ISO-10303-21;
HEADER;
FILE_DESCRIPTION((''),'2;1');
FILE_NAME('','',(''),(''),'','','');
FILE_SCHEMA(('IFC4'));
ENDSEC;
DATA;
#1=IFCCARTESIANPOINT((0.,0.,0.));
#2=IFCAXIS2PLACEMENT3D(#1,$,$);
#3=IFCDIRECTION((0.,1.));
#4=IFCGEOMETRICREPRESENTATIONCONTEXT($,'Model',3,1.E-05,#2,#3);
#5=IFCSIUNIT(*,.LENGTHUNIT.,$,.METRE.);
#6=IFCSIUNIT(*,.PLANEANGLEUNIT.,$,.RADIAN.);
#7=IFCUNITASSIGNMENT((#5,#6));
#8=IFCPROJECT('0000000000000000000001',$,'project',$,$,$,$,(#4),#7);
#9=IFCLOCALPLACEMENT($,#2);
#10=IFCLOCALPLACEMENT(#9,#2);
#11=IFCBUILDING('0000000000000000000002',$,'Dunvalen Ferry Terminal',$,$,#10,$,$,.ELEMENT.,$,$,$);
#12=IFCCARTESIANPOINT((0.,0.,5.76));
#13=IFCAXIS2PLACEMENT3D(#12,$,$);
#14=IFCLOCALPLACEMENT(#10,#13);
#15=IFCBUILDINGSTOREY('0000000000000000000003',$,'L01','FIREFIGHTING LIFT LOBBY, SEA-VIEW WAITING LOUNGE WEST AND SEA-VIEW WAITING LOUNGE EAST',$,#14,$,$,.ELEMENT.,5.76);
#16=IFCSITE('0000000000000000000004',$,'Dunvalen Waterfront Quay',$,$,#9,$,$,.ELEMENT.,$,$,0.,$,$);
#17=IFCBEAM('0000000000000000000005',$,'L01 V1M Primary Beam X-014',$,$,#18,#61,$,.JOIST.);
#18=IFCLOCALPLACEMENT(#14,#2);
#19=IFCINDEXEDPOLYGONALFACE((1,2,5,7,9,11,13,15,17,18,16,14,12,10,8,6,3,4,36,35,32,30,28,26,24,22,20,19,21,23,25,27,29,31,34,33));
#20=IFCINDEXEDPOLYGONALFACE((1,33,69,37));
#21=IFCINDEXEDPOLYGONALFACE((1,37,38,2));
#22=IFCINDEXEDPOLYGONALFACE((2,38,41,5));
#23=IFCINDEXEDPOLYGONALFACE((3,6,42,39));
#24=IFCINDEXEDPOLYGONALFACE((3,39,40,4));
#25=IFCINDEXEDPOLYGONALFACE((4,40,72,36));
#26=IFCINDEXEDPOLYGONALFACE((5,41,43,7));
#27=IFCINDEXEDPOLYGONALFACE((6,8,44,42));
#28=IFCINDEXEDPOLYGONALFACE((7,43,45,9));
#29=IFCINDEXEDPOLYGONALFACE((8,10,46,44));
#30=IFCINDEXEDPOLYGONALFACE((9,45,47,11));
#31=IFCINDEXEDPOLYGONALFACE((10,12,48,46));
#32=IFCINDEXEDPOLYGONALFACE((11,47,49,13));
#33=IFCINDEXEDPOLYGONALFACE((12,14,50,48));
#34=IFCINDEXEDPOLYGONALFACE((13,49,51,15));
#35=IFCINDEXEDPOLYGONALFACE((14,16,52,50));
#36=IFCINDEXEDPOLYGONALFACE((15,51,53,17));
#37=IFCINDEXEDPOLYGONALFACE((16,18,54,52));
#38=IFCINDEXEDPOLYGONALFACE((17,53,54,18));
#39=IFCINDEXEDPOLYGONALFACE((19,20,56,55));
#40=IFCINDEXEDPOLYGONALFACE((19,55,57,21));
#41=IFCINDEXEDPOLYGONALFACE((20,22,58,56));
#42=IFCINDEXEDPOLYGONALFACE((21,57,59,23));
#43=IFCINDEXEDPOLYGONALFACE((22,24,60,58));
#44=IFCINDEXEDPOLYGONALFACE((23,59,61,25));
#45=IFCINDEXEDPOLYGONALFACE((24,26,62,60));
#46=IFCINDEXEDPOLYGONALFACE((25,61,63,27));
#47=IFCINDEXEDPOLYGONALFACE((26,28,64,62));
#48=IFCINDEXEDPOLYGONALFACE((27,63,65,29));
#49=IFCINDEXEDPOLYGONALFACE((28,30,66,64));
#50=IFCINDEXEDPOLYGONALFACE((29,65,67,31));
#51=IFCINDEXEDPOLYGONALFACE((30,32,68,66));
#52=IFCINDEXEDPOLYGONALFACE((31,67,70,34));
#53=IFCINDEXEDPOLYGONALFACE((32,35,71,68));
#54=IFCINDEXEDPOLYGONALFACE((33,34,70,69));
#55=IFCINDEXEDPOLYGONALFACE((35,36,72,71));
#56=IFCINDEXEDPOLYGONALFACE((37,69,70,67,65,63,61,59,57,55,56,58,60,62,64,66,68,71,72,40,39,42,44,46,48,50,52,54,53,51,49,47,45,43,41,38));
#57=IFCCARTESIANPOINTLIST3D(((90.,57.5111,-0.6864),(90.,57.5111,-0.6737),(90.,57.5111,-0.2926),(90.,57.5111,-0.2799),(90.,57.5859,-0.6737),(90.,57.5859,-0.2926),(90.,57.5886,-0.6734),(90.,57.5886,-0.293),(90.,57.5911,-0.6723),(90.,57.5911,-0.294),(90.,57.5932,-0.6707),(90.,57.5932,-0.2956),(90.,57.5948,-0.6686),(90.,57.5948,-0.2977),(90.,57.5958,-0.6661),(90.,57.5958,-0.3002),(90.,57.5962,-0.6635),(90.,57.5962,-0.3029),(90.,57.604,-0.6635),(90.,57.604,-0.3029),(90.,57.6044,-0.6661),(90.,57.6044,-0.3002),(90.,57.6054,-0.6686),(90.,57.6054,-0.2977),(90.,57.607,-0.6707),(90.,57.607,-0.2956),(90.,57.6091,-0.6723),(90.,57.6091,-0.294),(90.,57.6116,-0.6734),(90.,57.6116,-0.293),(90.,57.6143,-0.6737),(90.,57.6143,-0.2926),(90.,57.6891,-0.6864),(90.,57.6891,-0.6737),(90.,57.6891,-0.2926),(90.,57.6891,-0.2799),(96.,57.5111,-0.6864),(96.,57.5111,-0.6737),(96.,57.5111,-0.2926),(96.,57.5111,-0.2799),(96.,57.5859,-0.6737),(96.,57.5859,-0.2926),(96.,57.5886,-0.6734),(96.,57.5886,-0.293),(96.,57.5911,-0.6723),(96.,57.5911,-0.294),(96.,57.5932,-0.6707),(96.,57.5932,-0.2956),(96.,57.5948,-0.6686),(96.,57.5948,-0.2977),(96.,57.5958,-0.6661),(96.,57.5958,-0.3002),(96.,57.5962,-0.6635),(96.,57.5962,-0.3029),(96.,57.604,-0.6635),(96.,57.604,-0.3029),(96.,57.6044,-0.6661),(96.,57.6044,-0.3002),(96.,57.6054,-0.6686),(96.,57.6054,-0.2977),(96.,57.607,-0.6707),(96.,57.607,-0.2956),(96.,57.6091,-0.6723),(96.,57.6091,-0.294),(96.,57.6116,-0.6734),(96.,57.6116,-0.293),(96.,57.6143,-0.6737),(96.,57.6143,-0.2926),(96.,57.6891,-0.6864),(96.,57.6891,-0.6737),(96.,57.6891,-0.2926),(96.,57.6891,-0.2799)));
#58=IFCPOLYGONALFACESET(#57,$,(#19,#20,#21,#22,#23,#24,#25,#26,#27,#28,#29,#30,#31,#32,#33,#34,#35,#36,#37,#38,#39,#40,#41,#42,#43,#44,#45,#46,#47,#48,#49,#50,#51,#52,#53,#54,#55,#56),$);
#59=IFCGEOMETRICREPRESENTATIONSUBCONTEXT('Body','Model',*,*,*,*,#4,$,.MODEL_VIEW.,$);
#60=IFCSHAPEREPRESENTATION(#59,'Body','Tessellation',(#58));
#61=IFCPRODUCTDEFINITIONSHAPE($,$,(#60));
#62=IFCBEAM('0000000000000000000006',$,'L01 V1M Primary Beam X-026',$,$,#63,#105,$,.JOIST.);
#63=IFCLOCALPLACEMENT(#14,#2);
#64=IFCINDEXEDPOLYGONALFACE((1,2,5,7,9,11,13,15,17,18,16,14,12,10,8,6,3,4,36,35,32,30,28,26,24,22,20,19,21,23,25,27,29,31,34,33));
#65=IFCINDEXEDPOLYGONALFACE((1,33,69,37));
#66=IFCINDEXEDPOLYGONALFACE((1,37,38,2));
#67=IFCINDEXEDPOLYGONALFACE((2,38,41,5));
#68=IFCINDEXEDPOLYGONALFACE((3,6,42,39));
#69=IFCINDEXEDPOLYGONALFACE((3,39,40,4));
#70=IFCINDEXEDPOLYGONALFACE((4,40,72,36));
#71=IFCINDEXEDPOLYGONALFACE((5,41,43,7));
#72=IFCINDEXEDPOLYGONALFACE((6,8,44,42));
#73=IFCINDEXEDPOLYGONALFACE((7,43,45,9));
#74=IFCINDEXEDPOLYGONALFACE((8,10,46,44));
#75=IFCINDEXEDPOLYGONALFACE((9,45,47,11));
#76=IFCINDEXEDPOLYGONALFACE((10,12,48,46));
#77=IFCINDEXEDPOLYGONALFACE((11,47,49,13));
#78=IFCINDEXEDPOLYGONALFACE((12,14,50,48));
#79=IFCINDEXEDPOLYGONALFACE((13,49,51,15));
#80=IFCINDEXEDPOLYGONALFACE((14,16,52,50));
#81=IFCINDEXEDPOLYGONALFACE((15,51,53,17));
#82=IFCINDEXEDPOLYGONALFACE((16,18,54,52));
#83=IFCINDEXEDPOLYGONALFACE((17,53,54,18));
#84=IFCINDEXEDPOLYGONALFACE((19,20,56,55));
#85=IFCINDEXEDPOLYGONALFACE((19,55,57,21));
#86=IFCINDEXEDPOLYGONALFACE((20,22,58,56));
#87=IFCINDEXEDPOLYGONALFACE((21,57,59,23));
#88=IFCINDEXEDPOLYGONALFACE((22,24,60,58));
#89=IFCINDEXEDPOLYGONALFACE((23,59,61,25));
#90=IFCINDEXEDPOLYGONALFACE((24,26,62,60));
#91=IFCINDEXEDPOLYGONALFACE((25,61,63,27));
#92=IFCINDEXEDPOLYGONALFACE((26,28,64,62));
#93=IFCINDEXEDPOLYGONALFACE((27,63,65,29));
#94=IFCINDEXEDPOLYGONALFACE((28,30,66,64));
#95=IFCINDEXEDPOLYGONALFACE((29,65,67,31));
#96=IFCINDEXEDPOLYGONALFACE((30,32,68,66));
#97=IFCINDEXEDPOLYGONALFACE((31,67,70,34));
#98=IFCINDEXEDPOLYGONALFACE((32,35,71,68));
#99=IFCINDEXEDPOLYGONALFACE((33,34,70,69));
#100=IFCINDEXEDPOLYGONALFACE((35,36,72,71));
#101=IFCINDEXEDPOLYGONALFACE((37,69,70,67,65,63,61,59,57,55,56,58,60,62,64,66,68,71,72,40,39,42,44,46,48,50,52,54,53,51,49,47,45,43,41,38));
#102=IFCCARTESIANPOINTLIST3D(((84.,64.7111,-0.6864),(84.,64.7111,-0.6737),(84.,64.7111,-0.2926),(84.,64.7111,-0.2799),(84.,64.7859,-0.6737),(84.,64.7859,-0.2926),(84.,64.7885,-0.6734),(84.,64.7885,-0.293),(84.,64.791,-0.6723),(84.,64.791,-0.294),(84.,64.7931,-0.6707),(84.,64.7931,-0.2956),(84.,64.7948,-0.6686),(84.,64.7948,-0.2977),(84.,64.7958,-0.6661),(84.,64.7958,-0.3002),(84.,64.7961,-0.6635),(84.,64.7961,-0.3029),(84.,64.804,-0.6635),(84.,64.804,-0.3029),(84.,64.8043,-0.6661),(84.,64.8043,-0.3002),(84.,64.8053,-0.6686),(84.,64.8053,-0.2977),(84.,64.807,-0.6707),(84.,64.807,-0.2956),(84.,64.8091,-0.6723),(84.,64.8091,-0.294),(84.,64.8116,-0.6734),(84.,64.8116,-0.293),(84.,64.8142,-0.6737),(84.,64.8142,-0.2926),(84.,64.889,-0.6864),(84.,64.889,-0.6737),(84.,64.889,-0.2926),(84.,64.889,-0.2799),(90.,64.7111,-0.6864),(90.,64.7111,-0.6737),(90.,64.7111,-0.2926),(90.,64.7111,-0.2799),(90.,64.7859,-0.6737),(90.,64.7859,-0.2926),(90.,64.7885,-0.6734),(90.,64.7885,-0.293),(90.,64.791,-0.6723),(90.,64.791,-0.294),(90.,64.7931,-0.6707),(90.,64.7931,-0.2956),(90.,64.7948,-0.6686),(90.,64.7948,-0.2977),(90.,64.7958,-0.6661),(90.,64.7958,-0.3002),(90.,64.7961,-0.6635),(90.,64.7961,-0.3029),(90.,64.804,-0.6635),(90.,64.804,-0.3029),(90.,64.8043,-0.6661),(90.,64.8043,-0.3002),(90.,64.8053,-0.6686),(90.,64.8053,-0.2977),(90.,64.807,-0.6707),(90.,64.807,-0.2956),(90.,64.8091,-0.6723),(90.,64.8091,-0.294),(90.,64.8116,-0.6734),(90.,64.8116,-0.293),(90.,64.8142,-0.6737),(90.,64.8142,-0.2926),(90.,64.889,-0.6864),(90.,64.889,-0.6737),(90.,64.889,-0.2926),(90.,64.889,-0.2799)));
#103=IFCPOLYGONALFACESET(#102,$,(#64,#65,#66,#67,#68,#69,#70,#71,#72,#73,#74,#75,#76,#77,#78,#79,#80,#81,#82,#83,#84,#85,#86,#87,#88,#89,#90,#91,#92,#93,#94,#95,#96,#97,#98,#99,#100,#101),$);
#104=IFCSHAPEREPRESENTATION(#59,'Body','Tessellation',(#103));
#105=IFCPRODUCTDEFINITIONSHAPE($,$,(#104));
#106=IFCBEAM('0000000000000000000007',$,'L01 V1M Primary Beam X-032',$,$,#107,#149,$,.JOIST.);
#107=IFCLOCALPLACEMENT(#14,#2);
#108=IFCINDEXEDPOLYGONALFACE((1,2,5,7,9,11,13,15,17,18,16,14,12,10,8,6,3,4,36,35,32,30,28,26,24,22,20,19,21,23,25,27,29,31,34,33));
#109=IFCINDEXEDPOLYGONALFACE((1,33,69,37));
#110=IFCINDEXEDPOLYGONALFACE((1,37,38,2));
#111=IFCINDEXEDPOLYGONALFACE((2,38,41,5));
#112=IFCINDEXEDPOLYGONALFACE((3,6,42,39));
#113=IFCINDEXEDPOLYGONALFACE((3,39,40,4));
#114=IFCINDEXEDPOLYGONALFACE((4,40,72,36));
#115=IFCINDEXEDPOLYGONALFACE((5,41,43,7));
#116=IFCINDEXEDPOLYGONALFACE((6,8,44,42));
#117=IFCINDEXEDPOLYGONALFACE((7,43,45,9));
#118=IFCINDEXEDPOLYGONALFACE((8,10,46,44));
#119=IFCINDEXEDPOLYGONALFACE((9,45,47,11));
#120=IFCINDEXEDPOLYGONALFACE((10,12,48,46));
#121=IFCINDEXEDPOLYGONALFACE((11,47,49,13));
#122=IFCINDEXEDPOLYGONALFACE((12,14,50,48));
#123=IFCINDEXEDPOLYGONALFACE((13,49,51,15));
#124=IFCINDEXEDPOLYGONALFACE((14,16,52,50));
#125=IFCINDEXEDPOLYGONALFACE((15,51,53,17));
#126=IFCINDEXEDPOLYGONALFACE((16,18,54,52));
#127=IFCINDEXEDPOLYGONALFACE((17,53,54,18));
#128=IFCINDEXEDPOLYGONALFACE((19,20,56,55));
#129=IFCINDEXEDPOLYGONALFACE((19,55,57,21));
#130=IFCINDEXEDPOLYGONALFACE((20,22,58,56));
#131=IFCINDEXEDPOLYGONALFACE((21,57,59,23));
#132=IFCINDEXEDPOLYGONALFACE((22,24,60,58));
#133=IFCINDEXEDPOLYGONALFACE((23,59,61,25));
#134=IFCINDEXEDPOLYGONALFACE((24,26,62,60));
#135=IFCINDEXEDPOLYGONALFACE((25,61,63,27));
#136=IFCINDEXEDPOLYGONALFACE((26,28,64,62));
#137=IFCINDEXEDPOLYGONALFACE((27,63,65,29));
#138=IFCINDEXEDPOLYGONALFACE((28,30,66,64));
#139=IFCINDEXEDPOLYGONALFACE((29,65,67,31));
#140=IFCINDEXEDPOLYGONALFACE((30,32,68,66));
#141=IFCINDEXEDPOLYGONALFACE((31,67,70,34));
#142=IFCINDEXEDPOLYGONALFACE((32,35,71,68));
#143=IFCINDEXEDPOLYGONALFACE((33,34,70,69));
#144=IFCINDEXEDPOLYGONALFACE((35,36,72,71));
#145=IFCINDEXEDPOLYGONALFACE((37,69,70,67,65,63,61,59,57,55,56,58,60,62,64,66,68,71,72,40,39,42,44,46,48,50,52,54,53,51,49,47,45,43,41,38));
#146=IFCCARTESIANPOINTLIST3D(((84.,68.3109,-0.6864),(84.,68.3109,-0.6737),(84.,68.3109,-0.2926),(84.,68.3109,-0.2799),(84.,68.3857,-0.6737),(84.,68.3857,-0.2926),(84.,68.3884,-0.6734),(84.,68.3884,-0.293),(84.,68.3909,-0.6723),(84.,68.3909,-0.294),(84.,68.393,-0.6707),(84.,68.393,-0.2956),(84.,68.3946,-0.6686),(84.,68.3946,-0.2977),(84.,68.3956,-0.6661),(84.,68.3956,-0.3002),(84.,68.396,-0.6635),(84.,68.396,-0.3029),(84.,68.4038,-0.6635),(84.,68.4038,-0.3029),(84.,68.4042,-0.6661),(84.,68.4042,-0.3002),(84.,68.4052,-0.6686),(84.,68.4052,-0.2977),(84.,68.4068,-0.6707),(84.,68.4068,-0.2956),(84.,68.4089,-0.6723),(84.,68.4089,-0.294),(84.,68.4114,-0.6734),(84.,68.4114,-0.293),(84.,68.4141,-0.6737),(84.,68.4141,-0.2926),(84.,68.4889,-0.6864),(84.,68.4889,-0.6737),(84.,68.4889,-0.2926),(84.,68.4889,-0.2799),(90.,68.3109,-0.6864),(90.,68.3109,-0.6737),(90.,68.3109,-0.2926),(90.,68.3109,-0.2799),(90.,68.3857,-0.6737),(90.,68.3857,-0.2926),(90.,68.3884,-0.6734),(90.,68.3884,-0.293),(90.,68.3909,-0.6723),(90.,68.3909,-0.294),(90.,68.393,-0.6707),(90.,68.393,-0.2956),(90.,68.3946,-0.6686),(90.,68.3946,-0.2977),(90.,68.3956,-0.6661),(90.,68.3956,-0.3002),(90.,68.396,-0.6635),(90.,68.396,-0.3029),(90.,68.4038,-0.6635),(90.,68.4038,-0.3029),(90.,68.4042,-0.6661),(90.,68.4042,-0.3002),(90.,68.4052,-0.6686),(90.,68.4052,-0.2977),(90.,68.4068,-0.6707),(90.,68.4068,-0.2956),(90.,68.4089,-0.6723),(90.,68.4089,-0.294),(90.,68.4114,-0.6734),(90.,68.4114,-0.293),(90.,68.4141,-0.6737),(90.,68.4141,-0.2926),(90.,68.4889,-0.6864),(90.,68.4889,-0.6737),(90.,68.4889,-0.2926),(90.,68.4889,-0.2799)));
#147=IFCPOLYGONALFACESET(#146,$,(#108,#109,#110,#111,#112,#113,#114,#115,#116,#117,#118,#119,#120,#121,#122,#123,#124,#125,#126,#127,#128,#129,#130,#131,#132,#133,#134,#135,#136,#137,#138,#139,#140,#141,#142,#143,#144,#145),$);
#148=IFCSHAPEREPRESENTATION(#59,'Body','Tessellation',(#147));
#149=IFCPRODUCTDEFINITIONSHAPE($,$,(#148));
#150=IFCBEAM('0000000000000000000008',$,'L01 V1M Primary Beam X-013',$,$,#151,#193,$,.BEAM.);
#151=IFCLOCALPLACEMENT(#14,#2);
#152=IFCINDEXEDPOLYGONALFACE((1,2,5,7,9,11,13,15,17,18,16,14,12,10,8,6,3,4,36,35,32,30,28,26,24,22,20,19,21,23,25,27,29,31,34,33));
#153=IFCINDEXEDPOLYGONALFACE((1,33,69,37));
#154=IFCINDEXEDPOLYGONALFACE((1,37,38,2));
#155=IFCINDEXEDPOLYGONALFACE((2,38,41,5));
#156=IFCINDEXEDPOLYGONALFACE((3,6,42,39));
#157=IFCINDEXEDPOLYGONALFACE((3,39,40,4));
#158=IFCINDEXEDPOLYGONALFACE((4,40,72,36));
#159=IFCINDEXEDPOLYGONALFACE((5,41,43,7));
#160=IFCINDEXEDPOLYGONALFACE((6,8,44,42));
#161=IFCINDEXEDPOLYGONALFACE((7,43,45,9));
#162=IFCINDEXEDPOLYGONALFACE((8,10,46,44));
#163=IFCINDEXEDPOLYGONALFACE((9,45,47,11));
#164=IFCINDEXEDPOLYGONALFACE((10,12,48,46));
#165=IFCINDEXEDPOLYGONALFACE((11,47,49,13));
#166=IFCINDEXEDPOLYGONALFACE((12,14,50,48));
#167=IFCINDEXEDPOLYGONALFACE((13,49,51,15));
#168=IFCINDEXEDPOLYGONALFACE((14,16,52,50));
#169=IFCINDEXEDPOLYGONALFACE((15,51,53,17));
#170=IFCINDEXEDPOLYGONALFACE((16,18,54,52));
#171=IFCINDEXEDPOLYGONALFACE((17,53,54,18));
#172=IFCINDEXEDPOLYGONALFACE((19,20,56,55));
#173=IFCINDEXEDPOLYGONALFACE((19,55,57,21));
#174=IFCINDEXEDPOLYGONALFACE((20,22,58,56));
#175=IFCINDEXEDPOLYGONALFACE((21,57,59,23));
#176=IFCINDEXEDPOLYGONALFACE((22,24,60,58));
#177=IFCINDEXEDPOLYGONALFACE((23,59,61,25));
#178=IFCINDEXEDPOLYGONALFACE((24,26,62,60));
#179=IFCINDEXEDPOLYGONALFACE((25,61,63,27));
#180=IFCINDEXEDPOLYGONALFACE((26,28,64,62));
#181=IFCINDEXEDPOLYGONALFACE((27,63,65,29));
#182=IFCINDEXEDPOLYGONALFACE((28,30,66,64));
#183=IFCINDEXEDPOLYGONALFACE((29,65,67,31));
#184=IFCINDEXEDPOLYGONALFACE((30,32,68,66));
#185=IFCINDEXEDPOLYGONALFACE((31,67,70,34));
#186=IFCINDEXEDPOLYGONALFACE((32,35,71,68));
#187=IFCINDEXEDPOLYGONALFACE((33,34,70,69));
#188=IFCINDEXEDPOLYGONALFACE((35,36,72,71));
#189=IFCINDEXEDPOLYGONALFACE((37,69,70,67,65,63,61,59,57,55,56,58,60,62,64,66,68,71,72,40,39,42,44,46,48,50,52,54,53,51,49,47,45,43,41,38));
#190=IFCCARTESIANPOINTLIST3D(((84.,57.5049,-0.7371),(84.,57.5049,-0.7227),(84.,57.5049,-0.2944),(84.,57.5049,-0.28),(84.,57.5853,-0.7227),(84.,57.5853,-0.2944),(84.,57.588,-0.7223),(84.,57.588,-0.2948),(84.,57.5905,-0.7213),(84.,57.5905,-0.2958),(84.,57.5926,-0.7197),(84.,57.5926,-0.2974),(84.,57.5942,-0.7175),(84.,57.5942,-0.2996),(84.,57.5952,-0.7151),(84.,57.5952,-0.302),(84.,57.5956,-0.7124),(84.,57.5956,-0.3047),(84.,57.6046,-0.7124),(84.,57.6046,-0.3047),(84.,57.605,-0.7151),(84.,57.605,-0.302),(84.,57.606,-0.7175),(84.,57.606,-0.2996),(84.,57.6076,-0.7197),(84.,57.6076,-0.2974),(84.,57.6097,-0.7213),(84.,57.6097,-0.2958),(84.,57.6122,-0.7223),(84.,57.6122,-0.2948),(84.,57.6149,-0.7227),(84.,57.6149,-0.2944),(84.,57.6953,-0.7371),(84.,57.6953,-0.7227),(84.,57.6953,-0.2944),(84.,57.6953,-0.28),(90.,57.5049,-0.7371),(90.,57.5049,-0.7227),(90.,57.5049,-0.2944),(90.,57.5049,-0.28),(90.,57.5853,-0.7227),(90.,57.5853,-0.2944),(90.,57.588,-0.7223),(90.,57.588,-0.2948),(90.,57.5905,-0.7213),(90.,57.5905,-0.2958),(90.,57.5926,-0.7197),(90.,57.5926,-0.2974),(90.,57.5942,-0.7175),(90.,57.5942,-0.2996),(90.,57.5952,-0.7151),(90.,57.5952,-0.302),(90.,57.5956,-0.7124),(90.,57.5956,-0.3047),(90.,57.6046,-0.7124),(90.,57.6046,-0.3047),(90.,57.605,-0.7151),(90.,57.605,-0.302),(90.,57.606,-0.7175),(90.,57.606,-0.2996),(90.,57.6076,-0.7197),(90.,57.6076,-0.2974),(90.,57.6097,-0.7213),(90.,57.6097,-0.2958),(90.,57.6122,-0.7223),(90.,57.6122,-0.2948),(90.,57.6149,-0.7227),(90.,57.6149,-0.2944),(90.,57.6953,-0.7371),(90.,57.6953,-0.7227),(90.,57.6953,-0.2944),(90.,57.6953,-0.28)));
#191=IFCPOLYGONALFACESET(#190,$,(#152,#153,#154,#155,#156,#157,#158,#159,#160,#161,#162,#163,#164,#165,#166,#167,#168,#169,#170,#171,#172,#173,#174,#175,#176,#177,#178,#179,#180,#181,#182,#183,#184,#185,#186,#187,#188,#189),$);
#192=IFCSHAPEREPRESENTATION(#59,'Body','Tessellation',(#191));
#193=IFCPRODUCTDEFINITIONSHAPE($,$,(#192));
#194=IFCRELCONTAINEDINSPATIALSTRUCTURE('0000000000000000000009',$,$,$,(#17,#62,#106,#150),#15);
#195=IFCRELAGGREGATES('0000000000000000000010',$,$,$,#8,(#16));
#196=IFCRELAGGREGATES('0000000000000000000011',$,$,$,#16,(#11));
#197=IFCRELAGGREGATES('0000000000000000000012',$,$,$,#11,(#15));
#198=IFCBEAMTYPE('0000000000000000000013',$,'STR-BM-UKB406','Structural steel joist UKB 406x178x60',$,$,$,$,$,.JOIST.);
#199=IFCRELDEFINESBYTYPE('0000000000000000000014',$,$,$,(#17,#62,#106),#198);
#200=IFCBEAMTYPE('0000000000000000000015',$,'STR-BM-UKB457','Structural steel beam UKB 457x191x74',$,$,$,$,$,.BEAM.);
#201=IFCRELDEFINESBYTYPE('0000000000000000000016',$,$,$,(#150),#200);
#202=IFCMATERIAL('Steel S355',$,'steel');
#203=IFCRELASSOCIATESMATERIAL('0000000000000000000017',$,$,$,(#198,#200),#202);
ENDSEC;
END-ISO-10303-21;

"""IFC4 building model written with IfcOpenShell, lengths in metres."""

from ifc_helpers import new_model, si_unit, direction, frame, origin, origin_2d, place, context, subcontext, project, spatial, i_section, extrude, material, material_profile, profile_set, type_object, element, save


model = new_model("IFC4")

# Units and contexts
model_context = context("Model", 3, precision=1e-05, world=origin(), true_north=direction((0.0, 1.0)))
body_context = subcontext(model_context, "Body", "Model", "MODEL_VIEW")
ifc_project = project(units=[si_unit("LENGTHUNIT", "METRE"), si_unit("PLANEANGLEUNIT", "RADIAN")], contexts=[model_context])

# Site, building, storey
site_placement = place(None, origin())
site = spatial("IfcSite", under=ifc_project, at=site_placement, Name="Dunvalen Waterfront Quay", CompositionType="ELEMENT", RefElevation=0.0)
building_placement = place(site_placement, origin())
building = spatial("IfcBuilding", under=site, at=building_placement, Name="Dunvalen Ferry Terminal", CompositionType="ELEMENT")
storey_placement = place(building_placement, frame((0.0, 0.0, 5.76)))
storey = spatial("IfcBuildingStorey", under=building, at=storey_placement, Name="L01", Description="FIREFIGHTING LIFT LOBBY, SEA-VIEW WAITING LOUNGE WEST AND SEA-VIEW WAITING LOUNGE EAST", CompositionType="ELEMENT", Elevation=5.76)

# Beams
ifc_material_1 = material(Name="Steel S355", Category="steel")
ifc_material_profile_1 = material_profile(ifc_material_1, i_section(OverallWidth=0.178, OverallDepth=0.4065, WebThickness=0.0078, FlangeThickness=0.0127, FilletRadius=0.0103, at=origin_2d()), Name="Steel S355")
ifc_profile_set_1 = profile_set([ifc_material_profile_1], Name="Steel S355")
beam_type_1 = type_object("IfcBeamType", Name="STR-BM-UKB406", Description="Structural steel joist UKB 406x178x60", PredefinedType="JOIST", material=ifc_profile_set_1)
for number, where, z_axis, x_axis, name in (
    (1, (90.0, 57.6001, -0.4832), (1.0, 0.0, 0.0), (0.0, 1.0, 0.0), "L01 V1M Primary Beam X-014"),
    (2, (84.0, 64.8, -0.4832), (1.0, 0.0, 0.0), (0.0, 1.0, 0.0), "L01 V1M Primary Beam X-026"),
    (3, (84.0, 68.3999, -0.4832), (1.0, 0.0, 0.0), (0.0, 1.0, 0.0), "L01 V1M Primary Beam X-032"),
):
    element("IfcBeam", number, at=place(storey_placement, frame(where, z_axis=z_axis, x_axis=x_axis)), inside=storey, type_object=beam_type_1, Name=name, PredefinedType="JOIST", context=body_context, shape_type="SweptSolid", body=[
        extrude(i_section(OverallWidth=0.178, OverallDepth=0.4065, WebThickness=0.0078, FlangeThickness=0.0127, FilletRadius=0.0103, at=origin_2d()), origin(), (0.0, 0.0, 1.0), 6.0),
    ])
ifc_material_profile_2 = material_profile(ifc_material_1, i_section(OverallWidth=0.1904, OverallDepth=0.457, WebThickness=0.009, FlangeThickness=0.0144, FilletRadius=0.0103, at=origin_2d()), Name="Steel S355")
ifc_profile_set_2 = profile_set([ifc_material_profile_2], Name="Steel S355")
beam_type_2 = type_object("IfcBeamType", Name="STR-BM-UKB457", Description="Structural steel beam UKB 457x191x74", PredefinedType="BEAM", material=ifc_profile_set_2)
beam_1_placement = place(storey_placement, frame((84.0, 57.6001, -0.5085), z_axis=(1.0, 0.0, 0.0), x_axis=(0.0, 1.0, 0.0)))
element("IfcBeam", 4, at=beam_1_placement, inside=storey, type_object=beam_type_2, Name="L01 V1M Primary Beam X-013", PredefinedType="BEAM", context=body_context, shape_type="SweptSolid", body=[
    extrude(i_section(OverallWidth=0.1904, OverallDepth=0.457, WebThickness=0.009, FlangeThickness=0.0144, FilletRadius=0.0103, at=origin_2d()), origin(), (0.0, 0.0, 1.0), 6.0),
])

save(model, "model.ifc")
